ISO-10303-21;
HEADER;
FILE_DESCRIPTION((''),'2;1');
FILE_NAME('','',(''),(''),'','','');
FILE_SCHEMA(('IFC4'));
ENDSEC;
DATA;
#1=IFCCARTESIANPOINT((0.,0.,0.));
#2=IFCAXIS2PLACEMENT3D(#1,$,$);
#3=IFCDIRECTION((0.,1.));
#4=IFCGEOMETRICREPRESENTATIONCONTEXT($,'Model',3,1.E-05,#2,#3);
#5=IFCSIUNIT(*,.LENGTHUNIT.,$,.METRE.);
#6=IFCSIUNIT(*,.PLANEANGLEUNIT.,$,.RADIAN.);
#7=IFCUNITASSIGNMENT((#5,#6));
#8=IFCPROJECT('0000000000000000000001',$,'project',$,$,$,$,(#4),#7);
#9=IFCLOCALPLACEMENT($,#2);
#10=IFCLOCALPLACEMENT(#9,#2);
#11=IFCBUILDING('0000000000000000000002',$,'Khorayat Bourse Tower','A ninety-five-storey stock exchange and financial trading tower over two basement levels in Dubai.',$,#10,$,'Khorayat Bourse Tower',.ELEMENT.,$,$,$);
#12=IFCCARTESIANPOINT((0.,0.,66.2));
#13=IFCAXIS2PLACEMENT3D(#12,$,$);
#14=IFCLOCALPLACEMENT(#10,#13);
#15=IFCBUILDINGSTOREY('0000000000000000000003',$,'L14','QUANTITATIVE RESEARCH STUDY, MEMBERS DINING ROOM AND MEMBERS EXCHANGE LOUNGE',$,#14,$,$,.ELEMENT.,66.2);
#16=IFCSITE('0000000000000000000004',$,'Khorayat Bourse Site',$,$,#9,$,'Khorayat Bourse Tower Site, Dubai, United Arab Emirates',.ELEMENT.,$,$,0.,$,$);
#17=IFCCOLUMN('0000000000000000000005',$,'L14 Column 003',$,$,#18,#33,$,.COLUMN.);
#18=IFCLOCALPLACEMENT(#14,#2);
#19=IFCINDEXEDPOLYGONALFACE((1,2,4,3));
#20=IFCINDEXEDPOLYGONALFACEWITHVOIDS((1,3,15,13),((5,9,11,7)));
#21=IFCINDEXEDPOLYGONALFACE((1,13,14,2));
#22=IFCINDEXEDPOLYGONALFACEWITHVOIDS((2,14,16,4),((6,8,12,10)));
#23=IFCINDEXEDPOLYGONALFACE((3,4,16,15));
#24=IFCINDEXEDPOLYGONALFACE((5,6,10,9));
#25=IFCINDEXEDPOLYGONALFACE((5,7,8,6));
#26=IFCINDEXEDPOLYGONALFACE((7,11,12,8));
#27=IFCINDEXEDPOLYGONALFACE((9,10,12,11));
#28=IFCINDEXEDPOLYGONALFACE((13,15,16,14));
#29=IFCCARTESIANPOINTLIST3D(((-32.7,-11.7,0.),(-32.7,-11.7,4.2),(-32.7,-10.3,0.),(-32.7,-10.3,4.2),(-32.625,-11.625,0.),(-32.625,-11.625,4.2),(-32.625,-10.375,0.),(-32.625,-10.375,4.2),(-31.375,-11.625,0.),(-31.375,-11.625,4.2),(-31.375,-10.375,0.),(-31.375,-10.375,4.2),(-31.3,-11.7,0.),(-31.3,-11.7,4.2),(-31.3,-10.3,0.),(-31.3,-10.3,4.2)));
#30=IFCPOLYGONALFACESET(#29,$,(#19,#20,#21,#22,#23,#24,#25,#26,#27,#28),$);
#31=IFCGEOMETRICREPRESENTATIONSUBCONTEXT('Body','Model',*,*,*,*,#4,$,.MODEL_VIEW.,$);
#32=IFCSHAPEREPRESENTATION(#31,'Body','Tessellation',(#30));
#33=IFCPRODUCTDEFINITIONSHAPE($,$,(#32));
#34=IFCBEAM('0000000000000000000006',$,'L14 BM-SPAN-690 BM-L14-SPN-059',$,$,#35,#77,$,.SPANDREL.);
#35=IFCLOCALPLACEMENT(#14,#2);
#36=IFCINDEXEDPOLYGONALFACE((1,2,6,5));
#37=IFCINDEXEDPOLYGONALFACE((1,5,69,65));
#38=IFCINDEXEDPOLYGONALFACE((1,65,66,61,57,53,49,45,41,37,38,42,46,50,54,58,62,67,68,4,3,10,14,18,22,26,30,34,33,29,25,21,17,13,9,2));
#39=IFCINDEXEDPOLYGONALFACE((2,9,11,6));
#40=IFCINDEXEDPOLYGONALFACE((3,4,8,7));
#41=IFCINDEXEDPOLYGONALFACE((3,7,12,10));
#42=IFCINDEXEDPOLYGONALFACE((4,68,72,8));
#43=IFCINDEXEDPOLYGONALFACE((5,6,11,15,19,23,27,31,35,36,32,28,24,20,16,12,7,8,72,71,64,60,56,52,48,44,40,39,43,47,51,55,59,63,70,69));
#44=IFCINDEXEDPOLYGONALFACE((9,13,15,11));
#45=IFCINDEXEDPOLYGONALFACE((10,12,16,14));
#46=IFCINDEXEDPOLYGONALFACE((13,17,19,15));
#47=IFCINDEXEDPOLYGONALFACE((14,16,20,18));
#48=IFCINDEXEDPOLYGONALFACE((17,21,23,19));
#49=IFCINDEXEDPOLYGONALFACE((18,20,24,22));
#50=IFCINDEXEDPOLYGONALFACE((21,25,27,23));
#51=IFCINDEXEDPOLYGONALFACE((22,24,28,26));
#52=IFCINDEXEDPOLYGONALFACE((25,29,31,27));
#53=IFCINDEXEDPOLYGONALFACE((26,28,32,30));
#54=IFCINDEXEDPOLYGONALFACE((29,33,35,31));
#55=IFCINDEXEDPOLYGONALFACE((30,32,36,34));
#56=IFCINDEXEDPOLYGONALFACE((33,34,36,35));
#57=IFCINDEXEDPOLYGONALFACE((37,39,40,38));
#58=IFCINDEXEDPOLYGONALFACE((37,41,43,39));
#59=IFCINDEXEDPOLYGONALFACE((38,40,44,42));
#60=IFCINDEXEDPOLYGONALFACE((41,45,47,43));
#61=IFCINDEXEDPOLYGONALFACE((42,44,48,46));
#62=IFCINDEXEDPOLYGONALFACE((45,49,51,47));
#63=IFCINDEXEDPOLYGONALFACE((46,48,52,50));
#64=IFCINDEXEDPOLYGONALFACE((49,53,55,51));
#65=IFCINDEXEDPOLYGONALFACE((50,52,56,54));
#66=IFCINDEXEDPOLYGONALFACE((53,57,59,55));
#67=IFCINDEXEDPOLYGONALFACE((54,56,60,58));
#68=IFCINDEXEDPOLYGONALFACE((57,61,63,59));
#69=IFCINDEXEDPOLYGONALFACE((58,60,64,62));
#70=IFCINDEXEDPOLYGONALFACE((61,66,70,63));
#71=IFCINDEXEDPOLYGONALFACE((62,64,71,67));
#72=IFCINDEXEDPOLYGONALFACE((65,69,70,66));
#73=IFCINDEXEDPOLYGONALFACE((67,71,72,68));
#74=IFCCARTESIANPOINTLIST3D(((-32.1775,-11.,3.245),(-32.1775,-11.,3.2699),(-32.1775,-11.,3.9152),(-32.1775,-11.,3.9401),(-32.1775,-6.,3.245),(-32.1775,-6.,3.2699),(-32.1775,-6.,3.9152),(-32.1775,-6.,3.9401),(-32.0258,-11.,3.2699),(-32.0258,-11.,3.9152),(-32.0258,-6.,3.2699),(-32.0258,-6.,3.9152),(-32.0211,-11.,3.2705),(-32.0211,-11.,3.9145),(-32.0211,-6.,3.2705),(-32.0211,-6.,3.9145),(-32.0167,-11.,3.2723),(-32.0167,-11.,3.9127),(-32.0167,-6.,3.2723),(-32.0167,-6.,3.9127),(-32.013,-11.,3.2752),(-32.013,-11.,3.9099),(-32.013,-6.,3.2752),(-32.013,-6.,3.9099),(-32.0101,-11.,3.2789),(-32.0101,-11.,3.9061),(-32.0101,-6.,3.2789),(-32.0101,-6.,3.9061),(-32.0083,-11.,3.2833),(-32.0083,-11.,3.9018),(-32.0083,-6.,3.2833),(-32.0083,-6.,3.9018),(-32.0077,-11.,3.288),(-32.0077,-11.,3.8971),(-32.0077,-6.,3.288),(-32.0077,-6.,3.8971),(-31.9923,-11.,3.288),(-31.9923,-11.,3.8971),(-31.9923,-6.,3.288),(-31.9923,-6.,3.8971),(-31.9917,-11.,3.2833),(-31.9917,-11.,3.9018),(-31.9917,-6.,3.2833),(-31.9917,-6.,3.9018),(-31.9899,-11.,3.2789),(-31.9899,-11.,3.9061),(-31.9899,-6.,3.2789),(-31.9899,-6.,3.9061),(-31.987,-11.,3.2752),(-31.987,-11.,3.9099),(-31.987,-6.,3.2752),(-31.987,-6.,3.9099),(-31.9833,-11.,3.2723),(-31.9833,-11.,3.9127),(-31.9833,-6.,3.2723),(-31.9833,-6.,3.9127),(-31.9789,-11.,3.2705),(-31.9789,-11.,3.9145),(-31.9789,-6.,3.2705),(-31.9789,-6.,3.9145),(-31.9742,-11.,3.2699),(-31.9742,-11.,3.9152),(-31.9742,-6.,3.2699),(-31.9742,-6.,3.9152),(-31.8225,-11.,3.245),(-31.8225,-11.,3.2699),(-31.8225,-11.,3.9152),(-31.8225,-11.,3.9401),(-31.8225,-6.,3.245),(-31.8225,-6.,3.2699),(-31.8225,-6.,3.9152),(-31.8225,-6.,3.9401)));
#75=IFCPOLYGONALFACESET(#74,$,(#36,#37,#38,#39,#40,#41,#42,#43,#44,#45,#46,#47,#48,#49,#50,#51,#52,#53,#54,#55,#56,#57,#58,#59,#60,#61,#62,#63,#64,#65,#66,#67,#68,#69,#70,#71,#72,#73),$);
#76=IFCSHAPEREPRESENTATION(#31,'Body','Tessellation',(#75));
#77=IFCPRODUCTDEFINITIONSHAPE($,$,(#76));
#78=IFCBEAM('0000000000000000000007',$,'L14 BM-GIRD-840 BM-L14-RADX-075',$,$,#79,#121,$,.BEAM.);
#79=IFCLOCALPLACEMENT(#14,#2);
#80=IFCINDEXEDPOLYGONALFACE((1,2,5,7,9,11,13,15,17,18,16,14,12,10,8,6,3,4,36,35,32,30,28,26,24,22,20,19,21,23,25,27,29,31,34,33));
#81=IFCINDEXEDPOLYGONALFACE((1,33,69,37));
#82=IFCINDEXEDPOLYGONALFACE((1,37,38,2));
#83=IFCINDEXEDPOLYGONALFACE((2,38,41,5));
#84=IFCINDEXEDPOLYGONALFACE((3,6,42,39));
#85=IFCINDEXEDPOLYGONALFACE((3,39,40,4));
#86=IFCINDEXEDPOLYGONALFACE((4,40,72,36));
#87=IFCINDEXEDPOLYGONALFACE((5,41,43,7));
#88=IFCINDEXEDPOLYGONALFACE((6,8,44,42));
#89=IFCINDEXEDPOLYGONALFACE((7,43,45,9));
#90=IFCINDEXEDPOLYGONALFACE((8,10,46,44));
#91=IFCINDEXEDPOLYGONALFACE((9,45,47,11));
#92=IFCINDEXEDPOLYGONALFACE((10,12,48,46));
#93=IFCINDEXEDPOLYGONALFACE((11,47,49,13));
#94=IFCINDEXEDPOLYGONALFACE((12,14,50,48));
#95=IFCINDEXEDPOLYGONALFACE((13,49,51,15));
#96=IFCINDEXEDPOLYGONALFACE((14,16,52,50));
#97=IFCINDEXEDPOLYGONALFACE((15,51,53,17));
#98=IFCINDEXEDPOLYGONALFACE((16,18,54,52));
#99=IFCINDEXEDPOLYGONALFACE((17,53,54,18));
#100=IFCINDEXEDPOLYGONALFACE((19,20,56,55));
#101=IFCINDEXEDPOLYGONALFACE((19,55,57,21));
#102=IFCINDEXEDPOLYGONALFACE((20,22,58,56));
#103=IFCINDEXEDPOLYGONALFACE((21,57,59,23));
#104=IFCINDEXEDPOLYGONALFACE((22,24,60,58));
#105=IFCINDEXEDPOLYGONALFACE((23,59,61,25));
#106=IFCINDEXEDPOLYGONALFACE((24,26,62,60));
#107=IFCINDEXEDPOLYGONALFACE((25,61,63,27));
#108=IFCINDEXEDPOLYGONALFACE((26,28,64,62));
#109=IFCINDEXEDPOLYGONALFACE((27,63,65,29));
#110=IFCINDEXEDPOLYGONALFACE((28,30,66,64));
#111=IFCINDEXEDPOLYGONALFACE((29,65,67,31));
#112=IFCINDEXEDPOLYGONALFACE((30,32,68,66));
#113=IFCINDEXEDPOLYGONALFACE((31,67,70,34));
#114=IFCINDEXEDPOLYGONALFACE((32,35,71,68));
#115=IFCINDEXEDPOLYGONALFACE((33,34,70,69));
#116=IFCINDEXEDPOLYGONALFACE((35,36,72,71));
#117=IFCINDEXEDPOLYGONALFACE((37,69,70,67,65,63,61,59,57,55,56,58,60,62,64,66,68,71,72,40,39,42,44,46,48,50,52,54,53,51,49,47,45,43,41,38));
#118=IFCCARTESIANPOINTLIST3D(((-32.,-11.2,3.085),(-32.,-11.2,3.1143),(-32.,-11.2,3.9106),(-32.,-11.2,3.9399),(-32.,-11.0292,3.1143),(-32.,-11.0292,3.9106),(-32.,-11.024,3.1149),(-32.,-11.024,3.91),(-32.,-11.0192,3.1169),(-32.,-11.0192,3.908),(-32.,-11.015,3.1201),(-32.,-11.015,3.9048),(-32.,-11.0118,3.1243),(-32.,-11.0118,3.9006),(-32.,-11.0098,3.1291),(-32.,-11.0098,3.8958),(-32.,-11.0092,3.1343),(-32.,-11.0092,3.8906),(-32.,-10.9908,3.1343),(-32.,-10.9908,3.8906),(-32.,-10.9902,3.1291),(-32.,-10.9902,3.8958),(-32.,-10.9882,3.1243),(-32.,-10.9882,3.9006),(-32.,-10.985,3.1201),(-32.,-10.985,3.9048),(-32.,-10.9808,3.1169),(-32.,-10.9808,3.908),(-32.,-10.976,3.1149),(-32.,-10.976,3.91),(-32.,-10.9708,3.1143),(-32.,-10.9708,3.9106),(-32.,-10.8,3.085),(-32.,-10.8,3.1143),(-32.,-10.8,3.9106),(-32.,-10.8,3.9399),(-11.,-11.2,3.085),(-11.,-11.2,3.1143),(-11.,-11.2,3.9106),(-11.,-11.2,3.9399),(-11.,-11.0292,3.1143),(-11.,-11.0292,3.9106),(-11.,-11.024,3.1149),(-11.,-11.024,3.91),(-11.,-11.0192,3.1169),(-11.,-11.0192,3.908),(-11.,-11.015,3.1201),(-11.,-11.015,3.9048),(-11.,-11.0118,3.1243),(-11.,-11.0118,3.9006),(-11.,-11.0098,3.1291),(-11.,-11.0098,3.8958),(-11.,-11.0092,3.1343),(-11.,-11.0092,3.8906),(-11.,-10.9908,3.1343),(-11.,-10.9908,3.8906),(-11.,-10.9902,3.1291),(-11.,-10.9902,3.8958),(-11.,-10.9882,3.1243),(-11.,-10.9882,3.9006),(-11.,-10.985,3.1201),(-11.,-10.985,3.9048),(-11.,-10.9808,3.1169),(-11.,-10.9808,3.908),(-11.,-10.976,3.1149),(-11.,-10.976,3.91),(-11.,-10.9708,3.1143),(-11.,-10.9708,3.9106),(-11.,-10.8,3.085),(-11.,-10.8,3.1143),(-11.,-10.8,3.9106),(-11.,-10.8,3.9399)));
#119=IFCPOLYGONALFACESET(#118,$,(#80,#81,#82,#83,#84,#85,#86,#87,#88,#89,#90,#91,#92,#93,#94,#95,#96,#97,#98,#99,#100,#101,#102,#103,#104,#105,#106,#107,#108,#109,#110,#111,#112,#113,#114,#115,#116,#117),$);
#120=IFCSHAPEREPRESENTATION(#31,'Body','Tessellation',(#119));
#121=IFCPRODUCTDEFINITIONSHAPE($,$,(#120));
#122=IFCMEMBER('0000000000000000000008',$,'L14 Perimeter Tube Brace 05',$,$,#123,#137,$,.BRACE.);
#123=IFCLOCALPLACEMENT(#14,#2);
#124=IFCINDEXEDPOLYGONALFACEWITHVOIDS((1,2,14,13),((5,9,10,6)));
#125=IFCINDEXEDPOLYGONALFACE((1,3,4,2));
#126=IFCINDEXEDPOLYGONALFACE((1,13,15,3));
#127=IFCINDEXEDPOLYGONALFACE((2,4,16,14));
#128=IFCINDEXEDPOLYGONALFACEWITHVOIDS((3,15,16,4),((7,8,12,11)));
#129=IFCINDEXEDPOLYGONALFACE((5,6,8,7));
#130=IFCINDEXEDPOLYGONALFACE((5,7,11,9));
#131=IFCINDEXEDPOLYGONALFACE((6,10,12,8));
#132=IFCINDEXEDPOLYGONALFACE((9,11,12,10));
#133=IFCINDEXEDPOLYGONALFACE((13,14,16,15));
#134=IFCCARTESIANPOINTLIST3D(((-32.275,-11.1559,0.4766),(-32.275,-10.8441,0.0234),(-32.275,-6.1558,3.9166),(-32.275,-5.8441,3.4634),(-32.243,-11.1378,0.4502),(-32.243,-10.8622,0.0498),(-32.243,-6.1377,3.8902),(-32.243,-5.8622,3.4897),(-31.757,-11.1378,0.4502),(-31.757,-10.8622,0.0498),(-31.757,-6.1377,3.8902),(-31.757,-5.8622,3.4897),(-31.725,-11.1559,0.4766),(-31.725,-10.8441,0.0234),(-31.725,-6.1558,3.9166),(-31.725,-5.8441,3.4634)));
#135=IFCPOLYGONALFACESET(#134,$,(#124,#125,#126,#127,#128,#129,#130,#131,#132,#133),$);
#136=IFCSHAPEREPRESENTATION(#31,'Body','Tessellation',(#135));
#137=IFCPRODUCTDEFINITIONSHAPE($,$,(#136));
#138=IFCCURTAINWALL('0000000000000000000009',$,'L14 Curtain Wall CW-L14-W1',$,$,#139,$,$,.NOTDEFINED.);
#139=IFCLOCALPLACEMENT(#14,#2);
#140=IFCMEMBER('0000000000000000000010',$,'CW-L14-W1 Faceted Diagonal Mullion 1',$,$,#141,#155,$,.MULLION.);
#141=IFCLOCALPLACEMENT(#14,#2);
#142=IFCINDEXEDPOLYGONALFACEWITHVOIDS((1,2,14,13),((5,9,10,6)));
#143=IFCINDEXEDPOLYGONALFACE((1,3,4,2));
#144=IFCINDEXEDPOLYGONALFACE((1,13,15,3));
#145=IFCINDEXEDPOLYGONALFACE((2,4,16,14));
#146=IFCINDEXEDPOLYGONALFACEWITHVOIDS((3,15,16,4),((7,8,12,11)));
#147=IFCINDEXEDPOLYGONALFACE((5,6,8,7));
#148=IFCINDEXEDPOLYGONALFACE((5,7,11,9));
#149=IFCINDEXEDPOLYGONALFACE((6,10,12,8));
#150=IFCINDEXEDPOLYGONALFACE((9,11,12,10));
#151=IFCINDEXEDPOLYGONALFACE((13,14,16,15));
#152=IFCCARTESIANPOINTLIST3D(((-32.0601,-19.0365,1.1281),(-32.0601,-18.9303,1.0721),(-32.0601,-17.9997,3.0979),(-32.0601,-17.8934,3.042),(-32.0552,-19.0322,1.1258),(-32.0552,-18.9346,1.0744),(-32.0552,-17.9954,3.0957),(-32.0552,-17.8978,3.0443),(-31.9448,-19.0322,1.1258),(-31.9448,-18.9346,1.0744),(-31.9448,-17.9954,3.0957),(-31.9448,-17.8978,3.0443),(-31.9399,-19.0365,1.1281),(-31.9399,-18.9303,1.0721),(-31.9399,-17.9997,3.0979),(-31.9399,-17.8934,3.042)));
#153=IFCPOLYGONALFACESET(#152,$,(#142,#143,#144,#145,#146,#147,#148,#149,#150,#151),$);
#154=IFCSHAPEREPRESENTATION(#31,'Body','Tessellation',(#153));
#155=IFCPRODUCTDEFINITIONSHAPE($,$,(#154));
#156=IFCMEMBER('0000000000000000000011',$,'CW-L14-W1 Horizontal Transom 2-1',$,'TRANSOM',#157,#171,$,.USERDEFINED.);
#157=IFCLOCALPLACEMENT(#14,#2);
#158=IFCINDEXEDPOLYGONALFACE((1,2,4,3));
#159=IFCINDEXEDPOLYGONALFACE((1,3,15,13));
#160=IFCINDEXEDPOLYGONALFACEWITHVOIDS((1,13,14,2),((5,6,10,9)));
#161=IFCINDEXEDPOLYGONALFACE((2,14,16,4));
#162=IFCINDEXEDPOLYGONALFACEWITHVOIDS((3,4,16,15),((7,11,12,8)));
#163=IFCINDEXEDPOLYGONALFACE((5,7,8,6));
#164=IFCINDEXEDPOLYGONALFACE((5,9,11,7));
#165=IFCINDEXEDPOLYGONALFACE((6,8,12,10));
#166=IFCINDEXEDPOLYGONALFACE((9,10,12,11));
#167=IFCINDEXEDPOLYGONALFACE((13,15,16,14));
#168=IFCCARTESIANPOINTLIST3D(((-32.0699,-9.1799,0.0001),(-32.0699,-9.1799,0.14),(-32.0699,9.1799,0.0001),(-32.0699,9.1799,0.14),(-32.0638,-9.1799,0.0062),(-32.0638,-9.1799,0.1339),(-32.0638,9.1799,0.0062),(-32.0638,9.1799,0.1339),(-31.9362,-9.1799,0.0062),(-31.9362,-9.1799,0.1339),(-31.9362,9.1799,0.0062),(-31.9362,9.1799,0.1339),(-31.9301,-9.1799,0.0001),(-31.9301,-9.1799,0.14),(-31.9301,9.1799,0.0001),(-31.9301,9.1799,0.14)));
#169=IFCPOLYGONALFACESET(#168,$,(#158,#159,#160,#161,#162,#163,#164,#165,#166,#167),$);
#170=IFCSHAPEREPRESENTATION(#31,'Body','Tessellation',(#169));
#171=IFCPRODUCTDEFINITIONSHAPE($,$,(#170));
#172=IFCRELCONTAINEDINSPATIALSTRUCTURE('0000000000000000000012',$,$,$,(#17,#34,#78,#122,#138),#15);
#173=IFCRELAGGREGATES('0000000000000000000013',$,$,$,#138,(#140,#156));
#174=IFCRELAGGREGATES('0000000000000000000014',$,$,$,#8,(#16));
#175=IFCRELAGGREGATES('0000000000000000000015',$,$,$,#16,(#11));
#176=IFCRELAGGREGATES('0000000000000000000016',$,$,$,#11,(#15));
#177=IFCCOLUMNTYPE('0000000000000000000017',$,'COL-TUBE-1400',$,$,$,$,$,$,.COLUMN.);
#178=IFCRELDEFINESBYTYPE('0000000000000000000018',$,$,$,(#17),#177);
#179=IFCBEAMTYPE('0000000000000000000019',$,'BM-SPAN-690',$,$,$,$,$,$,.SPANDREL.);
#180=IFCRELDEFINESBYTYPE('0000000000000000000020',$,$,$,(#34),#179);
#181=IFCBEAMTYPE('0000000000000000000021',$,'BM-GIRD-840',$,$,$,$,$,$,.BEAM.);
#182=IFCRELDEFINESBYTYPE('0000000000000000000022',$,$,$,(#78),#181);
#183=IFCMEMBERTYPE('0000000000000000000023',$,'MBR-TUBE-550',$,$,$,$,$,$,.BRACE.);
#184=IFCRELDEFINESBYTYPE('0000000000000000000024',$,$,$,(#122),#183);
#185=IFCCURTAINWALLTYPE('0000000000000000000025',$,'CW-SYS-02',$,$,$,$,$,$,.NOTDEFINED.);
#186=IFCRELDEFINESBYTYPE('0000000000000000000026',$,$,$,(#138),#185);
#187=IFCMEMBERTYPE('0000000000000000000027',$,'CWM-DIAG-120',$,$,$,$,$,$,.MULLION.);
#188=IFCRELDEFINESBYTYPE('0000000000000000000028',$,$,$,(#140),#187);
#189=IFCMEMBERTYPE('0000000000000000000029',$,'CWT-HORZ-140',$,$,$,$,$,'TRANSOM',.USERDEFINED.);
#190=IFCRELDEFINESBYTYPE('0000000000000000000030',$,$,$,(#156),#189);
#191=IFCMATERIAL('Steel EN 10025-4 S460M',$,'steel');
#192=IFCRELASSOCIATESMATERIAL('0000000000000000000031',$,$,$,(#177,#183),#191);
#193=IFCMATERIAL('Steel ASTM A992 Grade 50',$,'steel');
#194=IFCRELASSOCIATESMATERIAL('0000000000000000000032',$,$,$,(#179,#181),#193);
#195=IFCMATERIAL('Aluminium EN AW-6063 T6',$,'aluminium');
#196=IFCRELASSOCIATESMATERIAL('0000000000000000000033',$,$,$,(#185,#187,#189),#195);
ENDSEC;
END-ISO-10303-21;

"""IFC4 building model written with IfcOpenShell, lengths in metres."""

from ifc_helpers import new_model, si_unit, direction, frame, origin, origin_2d, place, context, subcontext, project, spatial, hollow_rectangle, i_section, extrude, source, transform, mapped, material, material_profile, profile_set, type_object, element, aggregate, save


model = new_model("IFC4")

# Units and contexts
model_context = context("Model", 3, precision=1e-05, world=origin(), true_north=direction((0.0, 1.0)))
body_context = subcontext(model_context, "Body", "Model", "MODEL_VIEW")
ifc_project = project(units=[si_unit("LENGTHUNIT", "METRE"), si_unit("PLANEANGLEUNIT", "RADIAN")], contexts=[model_context])

# Site, building, storey
site_placement = place(None, origin())
site = spatial("IfcSite", under=ifc_project, at=site_placement, Name="Khorayat Bourse Site", LongName="Khorayat Bourse Tower Site, Dubai, United Arab Emirates", CompositionType="ELEMENT", RefElevation=0.0)
building_placement = place(site_placement, origin())
building = spatial("IfcBuilding", under=site, at=building_placement, Name="Khorayat Bourse Tower", Description="A ninety-five-storey stock exchange and financial trading tower over two basement levels in Dubai.", LongName="Khorayat Bourse Tower", CompositionType="ELEMENT")
storey_placement = place(building_placement, frame((0.0, 0.0, 66.2)))
storey = spatial("IfcBuildingStorey", under=building, at=storey_placement, Name="L14", Description="QUANTITATIVE RESEARCH STUDY, MEMBERS DINING ROOM AND MEMBERS EXCHANGE LOUNGE", CompositionType="ELEMENT", Elevation=66.2)

# Column
ifc_material_1 = material(Name="Steel EN 10025-4 S460M", Category="steel")
ifc_material_profile_1 = material_profile(ifc_material_1, hollow_rectangle(XDim=1.3999, YDim=1.3999, WallThickness=0.075, at=origin_2d()), Name="BOX 1400x1400x75")
ifc_profile_set_1 = profile_set([ifc_material_profile_1], Name="Steel EN 10025-4 S460M")
column_type = type_object("IfcColumnType", Name="COL-TUBE-1400", PredefinedType="COLUMN", material=ifc_profile_set_1)
shared_shape_1 = source(origin(), body_context, "Body", "SweptSolid", [
    extrude(hollow_rectangle(XDim=1.3999, YDim=1.3999, WallThickness=0.075, at=origin_2d()), origin(), (0.0, 0.0, 1.0), 4.2),
])
column_placement = place(storey_placement, frame((-32.0, -11.0, 0.0), z_axis=(0.0, 0.0, 1.0), x_axis=(1.0, 0.0, 0.0)))
element("IfcColumn", 1, at=column_placement, inside=storey, type_object=column_type, Name="L14 Column 003", PredefinedType="COLUMN", context=body_context, shape_type="MappedRepresentation", body=[
    mapped(shared_shape_1, transform((0.0, 0.0, 0.0), scale=1.0)),
])

# Beams
ifc_material_2 = material(Name="Steel ASTM A992 Grade 50", Category="steel")
ifc_material_profile_2 = material_profile(ifc_material_2, i_section(OverallWidth=0.355, OverallDepth=0.6951, WebThickness=0.0154, FlangeThickness=0.0249, FilletRadius=0.0181, at=origin_2d()), Name="W690X217")
ifc_profile_set_2 = profile_set([ifc_material_profile_2], Name="Steel ASTM A992 Grade 50")
beam_type_1 = type_object("IfcBeamType", Name="BM-SPAN-690", PredefinedType="SPANDREL", material=ifc_profile_set_2)
shared_shape_2 = source(origin(), body_context, "Body", "SweptSolid", [
    extrude(i_section(OverallWidth=0.355, OverallDepth=0.6951, WebThickness=0.0154, FlangeThickness=0.0249, FilletRadius=0.0181, at=origin_2d()), origin(), (0.0, 0.0, 1.0), 5.0),
])
beam_1_placement = place(storey_placement, frame((-32.0, -11.0, 3.5925), z_axis=(0.0, 1.0, 0.0), x_axis=(-1.0, 0.0, 0.0)))
element("IfcBeam", 2, at=beam_1_placement, inside=storey, type_object=beam_type_1, Name="L14 BM-SPAN-690 BM-L14-SPN-059", PredefinedType="SPANDREL", context=body_context, shape_type="MappedRepresentation", body=[
    mapped(shared_shape_2, transform((0.0, 0.0, 0.0), scale=1.0)),
])
ifc_material_profile_3 = material_profile(ifc_material_2, i_section(OverallWidth=0.3999, OverallDepth=0.855, WebThickness=0.0183, FlangeThickness=0.0293, FilletRadius=0.02, at=origin_2d()), Name="W840X299")
ifc_profile_set_3 = profile_set([ifc_material_profile_3], Name="Steel ASTM A992 Grade 50")
beam_type_2 = type_object("IfcBeamType", Name="BM-GIRD-840", PredefinedType="BEAM", material=ifc_profile_set_3)
shared_shape_3 = source(origin(), body_context, "Body", "SweptSolid", [
    extrude(i_section(OverallWidth=0.3999, OverallDepth=0.855, WebThickness=0.0183, FlangeThickness=0.0293, FilletRadius=0.02, at=origin_2d()), origin(), (0.0, 0.0, 1.0), 21.0),
])
beam_2_placement = place(storey_placement, frame((-32.0, -11.0, 3.5125), z_axis=(1.0, 0.0, 0.0), x_axis=(0.0, 1.0, 0.0)))
element("IfcBeam", 3, at=beam_2_placement, inside=storey, type_object=beam_type_2, Name="L14 BM-GIRD-840 BM-L14-RADX-075", PredefinedType="BEAM", context=body_context, shape_type="MappedRepresentation", body=[
    mapped(shared_shape_3, transform((0.0, 0.0, 0.0), scale=1.0)),
])

# Member
ifc_material_profile_4 = material_profile(ifc_material_1, hollow_rectangle(XDim=0.55, YDim=0.55, WallThickness=0.032, at=origin_2d()), Name="HSS 550x550x32")
ifc_profile_set_4 = profile_set([ifc_material_profile_4], Name="Steel EN 10025-4 S460M")
member_type_1 = type_object("IfcMemberType", Name="MBR-TUBE-550", PredefinedType="BRACE", material=ifc_profile_set_4)
shared_shape_4 = source(origin(), body_context, "Body", "SweptSolid", [
    extrude(hollow_rectangle(XDim=0.55, YDim=0.55, WallThickness=0.032, at=origin_2d()), origin(), (0.0, 0.0, 1.0), 6.0691),
])
member_1_placement = place(storey_placement, frame((-32.0, -11.0, 0.25), z_axis=(0.0, 0.823854, 0.566802), x_axis=(-1.0, 0.0, 0.0)))
element("IfcMember", 4, at=member_1_placement, inside=storey, type_object=member_type_1, Name="L14 Perimeter Tube Brace 05", PredefinedType="BRACE", context=body_context, shape_type="MappedRepresentation", body=[
    mapped(shared_shape_4, transform((0.0, 0.0, 0.0), scale=1.0)),
])

# Curtain wall, members
ifc_material_3 = material(Name="Aluminium EN AW-6063 T6", Category="aluminium")
curtain_wall_type = type_object("IfcCurtainWallType", Name="CW-SYS-02", PredefinedType="NOTDEFINED", material=ifc_material_3)
curtain_wall_placement = place(storey_placement, origin())
curtain_wall = element("IfcCurtainWall", 5, at=curtain_wall_placement, inside=storey, type_object=curtain_wall_type, Name="L14 Curtain Wall CW-L14-W1", PredefinedType="NOTDEFINED")
ifc_material_profile_5 = material_profile(ifc_material_3, hollow_rectangle(XDim=0.1201, YDim=0.1201, WallThickness=0.0049, at=origin_2d()), Name="ALU 120x120x5")
ifc_profile_set_5 = profile_set([ifc_material_profile_5], Name="Aluminium EN AW-6063 T6")
member_type_2 = type_object("IfcMemberType", Name="CWM-DIAG-120", PredefinedType="MULLION", material=ifc_profile_set_5)
shared_shape_5 = source(origin(), body_context, "Body", "SweptSolid", [
    extrude(hollow_rectangle(XDim=0.1201, YDim=0.1201, WallThickness=0.0049, at=origin_2d()), origin(), (0.0, 0.0, 1.0), 2.2261),
])
member_2_placement = place(storey_placement, frame((-32.0, -18.9834, 1.1001), z_axis=(0.0, 0.46576, 0.884911), x_axis=(-1.0, 0.0, 0.0)))
member_2 = element("IfcMember", 6, at=member_2_placement, type_object=member_type_2, Name="CW-L14-W1 Faceted Diagonal Mullion 1", PredefinedType="MULLION", context=body_context, shape_type="MappedRepresentation", body=[
    mapped(shared_shape_5, transform((0.0, 0.0, 0.0), scale=1.0)),
])
ifc_material_profile_6 = material_profile(ifc_material_3, hollow_rectangle(XDim=0.1399, YDim=0.1399, WallThickness=0.0061, at=origin_2d()), Name="ALU 140x140x6")
ifc_profile_set_6 = profile_set([ifc_material_profile_6], Name="Aluminium EN AW-6063 T6")
member_type_3 = type_object("IfcMemberType", Name="CWT-HORZ-140", ElementType="TRANSOM", PredefinedType="USERDEFINED", material=ifc_profile_set_6)
shared_shape_6 = source(origin(), body_context, "Body", "SweptSolid", [
    extrude(hollow_rectangle(XDim=0.1399, YDim=0.1399, WallThickness=0.0061, at=origin_2d()), origin(), (0.0, 0.0, 1.0), 18.3599),
])
member_3_placement = place(storey_placement, frame((-32.0, -9.1799, 0.0701), z_axis=(0.0, 1.0, 0.0), x_axis=(-1.0, 0.0, 0.0)))
member_3 = element("IfcMember", 7, at=member_3_placement, type_object=member_type_3, Name="CW-L14-W1 Horizontal Transom 2-1", ObjectType="TRANSOM", PredefinedType="USERDEFINED", context=body_context, shape_type="MappedRepresentation", body=[
    mapped(shared_shape_6, transform((0.0, 0.0, 0.0), scale=1.0)),
])

aggregate(curtain_wall, [member_2, member_3])

save(model, "model.ifc")
